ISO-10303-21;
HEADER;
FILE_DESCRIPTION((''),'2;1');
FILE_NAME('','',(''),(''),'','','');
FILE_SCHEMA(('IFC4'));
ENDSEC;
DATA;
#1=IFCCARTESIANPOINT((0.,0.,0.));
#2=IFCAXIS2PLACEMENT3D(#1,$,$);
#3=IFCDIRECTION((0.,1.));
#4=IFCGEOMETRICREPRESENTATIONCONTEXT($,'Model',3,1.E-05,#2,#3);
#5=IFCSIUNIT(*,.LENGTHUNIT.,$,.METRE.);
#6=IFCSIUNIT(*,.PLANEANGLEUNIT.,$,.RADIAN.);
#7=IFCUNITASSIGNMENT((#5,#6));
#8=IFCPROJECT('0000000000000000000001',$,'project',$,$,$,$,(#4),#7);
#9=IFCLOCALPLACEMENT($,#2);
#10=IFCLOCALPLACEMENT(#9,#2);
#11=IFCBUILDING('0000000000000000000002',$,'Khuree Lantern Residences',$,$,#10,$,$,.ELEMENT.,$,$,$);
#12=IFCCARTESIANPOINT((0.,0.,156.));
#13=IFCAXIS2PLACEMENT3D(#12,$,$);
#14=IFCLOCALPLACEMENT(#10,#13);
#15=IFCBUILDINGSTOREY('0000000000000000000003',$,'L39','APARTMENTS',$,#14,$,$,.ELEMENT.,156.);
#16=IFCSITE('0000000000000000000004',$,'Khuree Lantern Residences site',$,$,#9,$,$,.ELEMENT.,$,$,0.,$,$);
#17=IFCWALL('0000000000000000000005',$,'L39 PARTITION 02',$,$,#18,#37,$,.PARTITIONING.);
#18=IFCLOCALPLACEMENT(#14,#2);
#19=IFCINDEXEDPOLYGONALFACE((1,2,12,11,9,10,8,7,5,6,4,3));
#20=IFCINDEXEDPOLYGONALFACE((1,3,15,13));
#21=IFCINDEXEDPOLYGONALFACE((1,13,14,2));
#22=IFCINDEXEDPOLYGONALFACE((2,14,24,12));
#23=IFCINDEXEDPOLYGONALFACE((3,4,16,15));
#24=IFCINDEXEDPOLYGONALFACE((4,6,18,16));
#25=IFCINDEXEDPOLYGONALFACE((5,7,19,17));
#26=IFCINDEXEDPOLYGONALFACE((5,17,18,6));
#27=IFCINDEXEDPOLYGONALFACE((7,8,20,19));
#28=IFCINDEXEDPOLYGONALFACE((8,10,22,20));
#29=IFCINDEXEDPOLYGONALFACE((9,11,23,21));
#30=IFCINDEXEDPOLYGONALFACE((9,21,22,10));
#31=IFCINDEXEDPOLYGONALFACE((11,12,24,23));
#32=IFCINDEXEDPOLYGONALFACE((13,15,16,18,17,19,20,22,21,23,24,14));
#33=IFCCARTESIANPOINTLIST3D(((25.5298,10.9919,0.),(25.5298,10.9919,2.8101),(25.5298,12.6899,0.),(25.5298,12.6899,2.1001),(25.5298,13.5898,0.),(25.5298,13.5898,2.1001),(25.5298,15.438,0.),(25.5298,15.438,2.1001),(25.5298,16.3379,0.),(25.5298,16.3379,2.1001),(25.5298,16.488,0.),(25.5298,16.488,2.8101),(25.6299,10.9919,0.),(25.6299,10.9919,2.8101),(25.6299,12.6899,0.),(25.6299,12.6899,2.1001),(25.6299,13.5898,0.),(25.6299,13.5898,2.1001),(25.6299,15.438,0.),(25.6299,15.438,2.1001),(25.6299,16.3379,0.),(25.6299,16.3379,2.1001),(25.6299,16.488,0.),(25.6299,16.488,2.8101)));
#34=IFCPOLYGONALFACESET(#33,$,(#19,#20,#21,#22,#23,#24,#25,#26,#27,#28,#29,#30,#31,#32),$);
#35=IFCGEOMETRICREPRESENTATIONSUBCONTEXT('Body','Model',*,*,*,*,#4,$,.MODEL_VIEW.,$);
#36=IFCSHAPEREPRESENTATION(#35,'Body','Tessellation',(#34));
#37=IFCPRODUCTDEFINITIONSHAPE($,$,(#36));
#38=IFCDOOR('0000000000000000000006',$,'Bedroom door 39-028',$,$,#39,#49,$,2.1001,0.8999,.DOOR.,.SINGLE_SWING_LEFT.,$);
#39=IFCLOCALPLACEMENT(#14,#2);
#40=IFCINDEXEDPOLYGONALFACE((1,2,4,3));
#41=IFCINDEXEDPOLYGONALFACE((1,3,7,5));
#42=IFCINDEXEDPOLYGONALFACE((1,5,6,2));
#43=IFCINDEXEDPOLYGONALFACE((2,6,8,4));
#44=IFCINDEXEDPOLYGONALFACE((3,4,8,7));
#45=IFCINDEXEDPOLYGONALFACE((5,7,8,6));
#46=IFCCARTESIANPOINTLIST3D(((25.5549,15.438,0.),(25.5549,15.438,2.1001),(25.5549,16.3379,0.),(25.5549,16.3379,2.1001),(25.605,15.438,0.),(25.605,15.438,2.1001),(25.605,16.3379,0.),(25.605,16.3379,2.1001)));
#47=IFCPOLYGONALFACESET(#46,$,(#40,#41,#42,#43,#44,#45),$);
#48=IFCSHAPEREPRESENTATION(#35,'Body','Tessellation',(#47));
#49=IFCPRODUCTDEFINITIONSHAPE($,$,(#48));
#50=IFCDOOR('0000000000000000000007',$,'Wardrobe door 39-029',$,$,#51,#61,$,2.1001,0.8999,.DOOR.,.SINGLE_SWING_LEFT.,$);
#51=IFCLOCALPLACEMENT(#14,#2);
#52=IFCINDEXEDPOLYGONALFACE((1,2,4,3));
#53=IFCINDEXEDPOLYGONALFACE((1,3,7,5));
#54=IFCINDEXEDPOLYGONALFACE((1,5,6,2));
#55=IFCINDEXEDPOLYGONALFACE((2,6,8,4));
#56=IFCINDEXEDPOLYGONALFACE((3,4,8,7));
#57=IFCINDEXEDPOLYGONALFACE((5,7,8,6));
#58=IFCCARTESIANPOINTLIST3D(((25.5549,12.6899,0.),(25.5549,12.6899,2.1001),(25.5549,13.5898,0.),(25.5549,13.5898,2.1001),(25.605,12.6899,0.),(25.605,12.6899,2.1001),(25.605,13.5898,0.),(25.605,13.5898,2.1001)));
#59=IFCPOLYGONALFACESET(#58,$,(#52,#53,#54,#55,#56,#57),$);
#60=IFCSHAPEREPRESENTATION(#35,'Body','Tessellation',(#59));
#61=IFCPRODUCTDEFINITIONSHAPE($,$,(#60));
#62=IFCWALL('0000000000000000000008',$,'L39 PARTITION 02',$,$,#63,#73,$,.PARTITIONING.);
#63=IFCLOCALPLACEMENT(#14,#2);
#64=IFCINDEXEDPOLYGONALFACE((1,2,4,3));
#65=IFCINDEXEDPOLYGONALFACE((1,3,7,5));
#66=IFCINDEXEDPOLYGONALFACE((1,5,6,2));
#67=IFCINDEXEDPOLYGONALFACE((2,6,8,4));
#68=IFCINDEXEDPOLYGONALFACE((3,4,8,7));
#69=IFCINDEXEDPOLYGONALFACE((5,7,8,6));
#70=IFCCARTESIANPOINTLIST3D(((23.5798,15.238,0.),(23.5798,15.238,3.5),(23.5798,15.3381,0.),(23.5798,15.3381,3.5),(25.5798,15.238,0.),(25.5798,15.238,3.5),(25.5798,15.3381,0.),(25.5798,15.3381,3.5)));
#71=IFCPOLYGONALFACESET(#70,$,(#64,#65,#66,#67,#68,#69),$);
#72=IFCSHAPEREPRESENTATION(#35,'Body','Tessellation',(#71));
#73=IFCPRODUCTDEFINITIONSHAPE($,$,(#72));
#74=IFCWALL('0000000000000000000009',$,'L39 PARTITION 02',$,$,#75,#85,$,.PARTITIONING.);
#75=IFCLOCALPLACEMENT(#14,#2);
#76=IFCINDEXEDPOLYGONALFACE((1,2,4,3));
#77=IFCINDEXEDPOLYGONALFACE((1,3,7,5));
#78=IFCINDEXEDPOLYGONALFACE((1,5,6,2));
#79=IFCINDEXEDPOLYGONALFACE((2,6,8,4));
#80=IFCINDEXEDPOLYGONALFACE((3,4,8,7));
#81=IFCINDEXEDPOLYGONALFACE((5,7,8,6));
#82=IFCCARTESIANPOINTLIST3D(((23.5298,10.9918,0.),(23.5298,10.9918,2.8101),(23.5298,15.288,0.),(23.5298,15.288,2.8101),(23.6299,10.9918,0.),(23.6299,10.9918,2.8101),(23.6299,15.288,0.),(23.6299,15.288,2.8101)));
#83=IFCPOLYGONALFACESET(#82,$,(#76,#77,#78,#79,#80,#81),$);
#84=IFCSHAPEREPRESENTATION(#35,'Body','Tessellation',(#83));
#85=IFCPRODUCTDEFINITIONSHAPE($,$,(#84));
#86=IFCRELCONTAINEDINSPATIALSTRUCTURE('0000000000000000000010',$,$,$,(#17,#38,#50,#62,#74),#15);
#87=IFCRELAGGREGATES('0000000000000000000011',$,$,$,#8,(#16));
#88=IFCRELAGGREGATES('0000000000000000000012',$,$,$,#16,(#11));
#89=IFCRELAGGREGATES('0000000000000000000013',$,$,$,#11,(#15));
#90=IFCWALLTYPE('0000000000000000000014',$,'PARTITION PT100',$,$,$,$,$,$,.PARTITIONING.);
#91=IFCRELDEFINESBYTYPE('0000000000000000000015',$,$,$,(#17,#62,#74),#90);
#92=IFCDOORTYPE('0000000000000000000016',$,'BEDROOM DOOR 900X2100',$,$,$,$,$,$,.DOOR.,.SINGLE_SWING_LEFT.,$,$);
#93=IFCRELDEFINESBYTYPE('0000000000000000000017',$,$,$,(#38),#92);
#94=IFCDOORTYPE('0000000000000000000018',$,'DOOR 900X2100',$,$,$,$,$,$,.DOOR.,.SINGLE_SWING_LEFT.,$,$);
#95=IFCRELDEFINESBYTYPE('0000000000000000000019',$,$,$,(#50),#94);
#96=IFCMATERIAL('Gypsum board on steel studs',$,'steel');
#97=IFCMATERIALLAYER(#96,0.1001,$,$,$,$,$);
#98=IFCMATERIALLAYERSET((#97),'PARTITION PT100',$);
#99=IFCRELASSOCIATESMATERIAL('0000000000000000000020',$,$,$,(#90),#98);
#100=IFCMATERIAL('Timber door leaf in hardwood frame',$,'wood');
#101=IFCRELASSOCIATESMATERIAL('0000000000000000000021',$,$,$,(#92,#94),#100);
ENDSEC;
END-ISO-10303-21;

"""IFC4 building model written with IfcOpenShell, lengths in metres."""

from ifc_helpers import new_model, si_unit, direction, frame, frame_2d, origin, place, context, subcontext, project, spatial, rectangle, extrude, material, layer, layer_set, type_object, element, fill, save


model = new_model("IFC4")

# Units and contexts
model_context = context("Model", 3, precision=1e-05, world=origin(), true_north=direction((0.0, 1.0)))
body_context = subcontext(model_context, "Body", "Model", "MODEL_VIEW")
ifc_project = project(units=[si_unit("LENGTHUNIT", "METRE"), si_unit("PLANEANGLEUNIT", "RADIAN")], contexts=[model_context])

# Site, building, storey
site_placement = place(None, origin())
site = spatial("IfcSite", under=ifc_project, at=site_placement, Name="Khuree Lantern Residences site", CompositionType="ELEMENT", RefElevation=0.0)
building_placement = place(site_placement, origin())
building = spatial("IfcBuilding", under=site, at=building_placement, Name="Khuree Lantern Residences", CompositionType="ELEMENT")
storey_placement = place(building_placement, frame((0.0, 0.0, 156.0)))
storey = spatial("IfcBuildingStorey", under=building, at=storey_placement, Name="L39", Description="APARTMENTS", CompositionType="ELEMENT", Elevation=156.0)

# Shared definitions
ifc_material_1 = material(Name="Gypsum board on steel studs", Category="steel")
ifc_layer_1 = layer(ifc_material_1, 0.1001)
ifc_layer_set_1 = layer_set([ifc_layer_1], Name="PARTITION PT100")
wall_type = type_object("IfcWallType", Name="PARTITION PT100", PredefinedType="PARTITIONING", material=ifc_layer_set_1)

# Shared definitions
ifc_material_2 = material(Name="Timber door leaf in hardwood frame", Category="wood")
door_type_1 = type_object("IfcDoorType", Name="BEDROOM DOOR 900X2100", OperationType="SINGLE_SWING_LEFT", PredefinedType="DOOR", material=ifc_material_2)

# Wall, openings, doors
wall_1_placement = place(storey_placement, frame((25.5798, 10.9919, 0.0), z_axis=(0.0, 0.0, 1.0), x_axis=(0.0, 1.0, 0.0)))
wall_1 = element("IfcWall", 1, at=wall_1_placement, inside=storey, type_object=wall_type, Name="L39 PARTITION 02", PredefinedType="PARTITIONING", context=body_context, shape_type="SweptSolid", body=[
    extrude(rectangle(XDim=5.4961, YDim=0.1001, at=frame_2d((2.748, 0.0))), origin(), (0.0, 0.0, 1.0), 2.8101),
])
opening_1_placement = place(wall_1_placement, frame((4.446, 0.0, 0.0)))
opening_1 = element("IfcOpeningElement", 2, at=opening_1_placement, cuts=wall_1, PredefinedType="OPENING", context=body_context, shape_type="SweptSolid", body=[
    extrude(rectangle(XDim=0.8999, YDim=2.1001, at=frame_2d((0.45, 1.05))), frame((0.0, 0.0601, 0.0), z_axis=(0.0, -1.0, 0.0), x_axis=(1.0, 0.0, 0.0)), (0.0, 0.0, 1.0), 0.1201),
])
opening_2_placement = place(wall_1_placement, frame((1.698, 0.0, 0.0)))
opening_2 = element("IfcOpeningElement", 3, at=opening_2_placement, cuts=wall_1, PredefinedType="OPENING", context=body_context, shape_type="SweptSolid", body=[
    extrude(rectangle(XDim=0.8999, YDim=2.1001, at=frame_2d((0.45, 1.05))), frame((0.0, 0.0601, 0.0), z_axis=(0.0, -1.0, 0.0), x_axis=(1.0, 0.0, 0.0)), (0.0, 0.0, 1.0), 0.1201),
])
door_1_placement = place(opening_1_placement, origin())
door_1 = element("IfcDoor", 4, at=door_1_placement, inside=storey, type_object=door_type_1, Name="Bedroom door 39-028", OperationType="SINGLE_SWING_LEFT", OverallHeight=2.1001, OverallWidth=0.8999, PredefinedType="DOOR", context=body_context, shape_type="SweptSolid", body=[
    extrude(rectangle(XDim=0.8999, YDim=2.1001, at=frame_2d((0.45, 1.05))), frame((0.0, 0.0249, 0.0), z_axis=(0.0, -1.0, 0.0), x_axis=(1.0, 0.0, 0.0)), (0.0, 0.0, 1.0), 0.05),
])
fill(opening_1, door_1)
door_type_2 = type_object("IfcDoorType", Name="DOOR 900X2100", OperationType="SINGLE_SWING_LEFT", PredefinedType="DOOR", material=ifc_material_2)
door_2_placement = place(opening_2_placement, origin())
door_2 = element("IfcDoor", 5, at=door_2_placement, inside=storey, type_object=door_type_2, Name="Wardrobe door 39-029", OperationType="SINGLE_SWING_LEFT", OverallHeight=2.1001, OverallWidth=0.8999, PredefinedType="DOOR", context=body_context, shape_type="SweptSolid", body=[
    extrude(rectangle(XDim=0.8999, YDim=2.1001, at=frame_2d((0.45, 1.05))), frame((0.0, 0.0249, 0.0), z_axis=(0.0, -1.0, 0.0), x_axis=(1.0, 0.0, 0.0)), (0.0, 0.0, 1.0), 0.05),
])
fill(opening_2, door_2)

# Walls
wall_2_placement = place(storey_placement, frame((23.5798, 15.2881, 0.0), z_axis=(0.0, 0.0, 1.0), x_axis=(1.0, 0.0, 0.0)))
element("IfcWall", 6, at=wall_2_placement, inside=storey, type_object=wall_type, Name="L39 PARTITION 02", PredefinedType="PARTITIONING", context=body_context, shape_type="SweptSolid", body=[
    extrude(rectangle(XDim=2.0, YDim=0.1001, at=frame_2d((1.0, 0.0))), origin(), (0.0, 0.0, 1.0), 3.5),
])
wall_3_placement = place(storey_placement, frame((23.5798, 10.9919, 0.0), z_axis=(0.0, 0.0, 1.0), x_axis=(0.0, 1.0, 0.0)))
element("IfcWall", 7, at=wall_3_placement, inside=storey, type_object=wall_type, Name="L39 PARTITION 02", PredefinedType="PARTITIONING", context=body_context, shape_type="SweptSolid", body=[
    extrude(rectangle(XDim=4.2961, YDim=0.1001, at=frame_2d((2.1479, 0.0))), origin(), (0.0, 0.0, 1.0), 2.8101),
])

save(model, "model.ifc")
